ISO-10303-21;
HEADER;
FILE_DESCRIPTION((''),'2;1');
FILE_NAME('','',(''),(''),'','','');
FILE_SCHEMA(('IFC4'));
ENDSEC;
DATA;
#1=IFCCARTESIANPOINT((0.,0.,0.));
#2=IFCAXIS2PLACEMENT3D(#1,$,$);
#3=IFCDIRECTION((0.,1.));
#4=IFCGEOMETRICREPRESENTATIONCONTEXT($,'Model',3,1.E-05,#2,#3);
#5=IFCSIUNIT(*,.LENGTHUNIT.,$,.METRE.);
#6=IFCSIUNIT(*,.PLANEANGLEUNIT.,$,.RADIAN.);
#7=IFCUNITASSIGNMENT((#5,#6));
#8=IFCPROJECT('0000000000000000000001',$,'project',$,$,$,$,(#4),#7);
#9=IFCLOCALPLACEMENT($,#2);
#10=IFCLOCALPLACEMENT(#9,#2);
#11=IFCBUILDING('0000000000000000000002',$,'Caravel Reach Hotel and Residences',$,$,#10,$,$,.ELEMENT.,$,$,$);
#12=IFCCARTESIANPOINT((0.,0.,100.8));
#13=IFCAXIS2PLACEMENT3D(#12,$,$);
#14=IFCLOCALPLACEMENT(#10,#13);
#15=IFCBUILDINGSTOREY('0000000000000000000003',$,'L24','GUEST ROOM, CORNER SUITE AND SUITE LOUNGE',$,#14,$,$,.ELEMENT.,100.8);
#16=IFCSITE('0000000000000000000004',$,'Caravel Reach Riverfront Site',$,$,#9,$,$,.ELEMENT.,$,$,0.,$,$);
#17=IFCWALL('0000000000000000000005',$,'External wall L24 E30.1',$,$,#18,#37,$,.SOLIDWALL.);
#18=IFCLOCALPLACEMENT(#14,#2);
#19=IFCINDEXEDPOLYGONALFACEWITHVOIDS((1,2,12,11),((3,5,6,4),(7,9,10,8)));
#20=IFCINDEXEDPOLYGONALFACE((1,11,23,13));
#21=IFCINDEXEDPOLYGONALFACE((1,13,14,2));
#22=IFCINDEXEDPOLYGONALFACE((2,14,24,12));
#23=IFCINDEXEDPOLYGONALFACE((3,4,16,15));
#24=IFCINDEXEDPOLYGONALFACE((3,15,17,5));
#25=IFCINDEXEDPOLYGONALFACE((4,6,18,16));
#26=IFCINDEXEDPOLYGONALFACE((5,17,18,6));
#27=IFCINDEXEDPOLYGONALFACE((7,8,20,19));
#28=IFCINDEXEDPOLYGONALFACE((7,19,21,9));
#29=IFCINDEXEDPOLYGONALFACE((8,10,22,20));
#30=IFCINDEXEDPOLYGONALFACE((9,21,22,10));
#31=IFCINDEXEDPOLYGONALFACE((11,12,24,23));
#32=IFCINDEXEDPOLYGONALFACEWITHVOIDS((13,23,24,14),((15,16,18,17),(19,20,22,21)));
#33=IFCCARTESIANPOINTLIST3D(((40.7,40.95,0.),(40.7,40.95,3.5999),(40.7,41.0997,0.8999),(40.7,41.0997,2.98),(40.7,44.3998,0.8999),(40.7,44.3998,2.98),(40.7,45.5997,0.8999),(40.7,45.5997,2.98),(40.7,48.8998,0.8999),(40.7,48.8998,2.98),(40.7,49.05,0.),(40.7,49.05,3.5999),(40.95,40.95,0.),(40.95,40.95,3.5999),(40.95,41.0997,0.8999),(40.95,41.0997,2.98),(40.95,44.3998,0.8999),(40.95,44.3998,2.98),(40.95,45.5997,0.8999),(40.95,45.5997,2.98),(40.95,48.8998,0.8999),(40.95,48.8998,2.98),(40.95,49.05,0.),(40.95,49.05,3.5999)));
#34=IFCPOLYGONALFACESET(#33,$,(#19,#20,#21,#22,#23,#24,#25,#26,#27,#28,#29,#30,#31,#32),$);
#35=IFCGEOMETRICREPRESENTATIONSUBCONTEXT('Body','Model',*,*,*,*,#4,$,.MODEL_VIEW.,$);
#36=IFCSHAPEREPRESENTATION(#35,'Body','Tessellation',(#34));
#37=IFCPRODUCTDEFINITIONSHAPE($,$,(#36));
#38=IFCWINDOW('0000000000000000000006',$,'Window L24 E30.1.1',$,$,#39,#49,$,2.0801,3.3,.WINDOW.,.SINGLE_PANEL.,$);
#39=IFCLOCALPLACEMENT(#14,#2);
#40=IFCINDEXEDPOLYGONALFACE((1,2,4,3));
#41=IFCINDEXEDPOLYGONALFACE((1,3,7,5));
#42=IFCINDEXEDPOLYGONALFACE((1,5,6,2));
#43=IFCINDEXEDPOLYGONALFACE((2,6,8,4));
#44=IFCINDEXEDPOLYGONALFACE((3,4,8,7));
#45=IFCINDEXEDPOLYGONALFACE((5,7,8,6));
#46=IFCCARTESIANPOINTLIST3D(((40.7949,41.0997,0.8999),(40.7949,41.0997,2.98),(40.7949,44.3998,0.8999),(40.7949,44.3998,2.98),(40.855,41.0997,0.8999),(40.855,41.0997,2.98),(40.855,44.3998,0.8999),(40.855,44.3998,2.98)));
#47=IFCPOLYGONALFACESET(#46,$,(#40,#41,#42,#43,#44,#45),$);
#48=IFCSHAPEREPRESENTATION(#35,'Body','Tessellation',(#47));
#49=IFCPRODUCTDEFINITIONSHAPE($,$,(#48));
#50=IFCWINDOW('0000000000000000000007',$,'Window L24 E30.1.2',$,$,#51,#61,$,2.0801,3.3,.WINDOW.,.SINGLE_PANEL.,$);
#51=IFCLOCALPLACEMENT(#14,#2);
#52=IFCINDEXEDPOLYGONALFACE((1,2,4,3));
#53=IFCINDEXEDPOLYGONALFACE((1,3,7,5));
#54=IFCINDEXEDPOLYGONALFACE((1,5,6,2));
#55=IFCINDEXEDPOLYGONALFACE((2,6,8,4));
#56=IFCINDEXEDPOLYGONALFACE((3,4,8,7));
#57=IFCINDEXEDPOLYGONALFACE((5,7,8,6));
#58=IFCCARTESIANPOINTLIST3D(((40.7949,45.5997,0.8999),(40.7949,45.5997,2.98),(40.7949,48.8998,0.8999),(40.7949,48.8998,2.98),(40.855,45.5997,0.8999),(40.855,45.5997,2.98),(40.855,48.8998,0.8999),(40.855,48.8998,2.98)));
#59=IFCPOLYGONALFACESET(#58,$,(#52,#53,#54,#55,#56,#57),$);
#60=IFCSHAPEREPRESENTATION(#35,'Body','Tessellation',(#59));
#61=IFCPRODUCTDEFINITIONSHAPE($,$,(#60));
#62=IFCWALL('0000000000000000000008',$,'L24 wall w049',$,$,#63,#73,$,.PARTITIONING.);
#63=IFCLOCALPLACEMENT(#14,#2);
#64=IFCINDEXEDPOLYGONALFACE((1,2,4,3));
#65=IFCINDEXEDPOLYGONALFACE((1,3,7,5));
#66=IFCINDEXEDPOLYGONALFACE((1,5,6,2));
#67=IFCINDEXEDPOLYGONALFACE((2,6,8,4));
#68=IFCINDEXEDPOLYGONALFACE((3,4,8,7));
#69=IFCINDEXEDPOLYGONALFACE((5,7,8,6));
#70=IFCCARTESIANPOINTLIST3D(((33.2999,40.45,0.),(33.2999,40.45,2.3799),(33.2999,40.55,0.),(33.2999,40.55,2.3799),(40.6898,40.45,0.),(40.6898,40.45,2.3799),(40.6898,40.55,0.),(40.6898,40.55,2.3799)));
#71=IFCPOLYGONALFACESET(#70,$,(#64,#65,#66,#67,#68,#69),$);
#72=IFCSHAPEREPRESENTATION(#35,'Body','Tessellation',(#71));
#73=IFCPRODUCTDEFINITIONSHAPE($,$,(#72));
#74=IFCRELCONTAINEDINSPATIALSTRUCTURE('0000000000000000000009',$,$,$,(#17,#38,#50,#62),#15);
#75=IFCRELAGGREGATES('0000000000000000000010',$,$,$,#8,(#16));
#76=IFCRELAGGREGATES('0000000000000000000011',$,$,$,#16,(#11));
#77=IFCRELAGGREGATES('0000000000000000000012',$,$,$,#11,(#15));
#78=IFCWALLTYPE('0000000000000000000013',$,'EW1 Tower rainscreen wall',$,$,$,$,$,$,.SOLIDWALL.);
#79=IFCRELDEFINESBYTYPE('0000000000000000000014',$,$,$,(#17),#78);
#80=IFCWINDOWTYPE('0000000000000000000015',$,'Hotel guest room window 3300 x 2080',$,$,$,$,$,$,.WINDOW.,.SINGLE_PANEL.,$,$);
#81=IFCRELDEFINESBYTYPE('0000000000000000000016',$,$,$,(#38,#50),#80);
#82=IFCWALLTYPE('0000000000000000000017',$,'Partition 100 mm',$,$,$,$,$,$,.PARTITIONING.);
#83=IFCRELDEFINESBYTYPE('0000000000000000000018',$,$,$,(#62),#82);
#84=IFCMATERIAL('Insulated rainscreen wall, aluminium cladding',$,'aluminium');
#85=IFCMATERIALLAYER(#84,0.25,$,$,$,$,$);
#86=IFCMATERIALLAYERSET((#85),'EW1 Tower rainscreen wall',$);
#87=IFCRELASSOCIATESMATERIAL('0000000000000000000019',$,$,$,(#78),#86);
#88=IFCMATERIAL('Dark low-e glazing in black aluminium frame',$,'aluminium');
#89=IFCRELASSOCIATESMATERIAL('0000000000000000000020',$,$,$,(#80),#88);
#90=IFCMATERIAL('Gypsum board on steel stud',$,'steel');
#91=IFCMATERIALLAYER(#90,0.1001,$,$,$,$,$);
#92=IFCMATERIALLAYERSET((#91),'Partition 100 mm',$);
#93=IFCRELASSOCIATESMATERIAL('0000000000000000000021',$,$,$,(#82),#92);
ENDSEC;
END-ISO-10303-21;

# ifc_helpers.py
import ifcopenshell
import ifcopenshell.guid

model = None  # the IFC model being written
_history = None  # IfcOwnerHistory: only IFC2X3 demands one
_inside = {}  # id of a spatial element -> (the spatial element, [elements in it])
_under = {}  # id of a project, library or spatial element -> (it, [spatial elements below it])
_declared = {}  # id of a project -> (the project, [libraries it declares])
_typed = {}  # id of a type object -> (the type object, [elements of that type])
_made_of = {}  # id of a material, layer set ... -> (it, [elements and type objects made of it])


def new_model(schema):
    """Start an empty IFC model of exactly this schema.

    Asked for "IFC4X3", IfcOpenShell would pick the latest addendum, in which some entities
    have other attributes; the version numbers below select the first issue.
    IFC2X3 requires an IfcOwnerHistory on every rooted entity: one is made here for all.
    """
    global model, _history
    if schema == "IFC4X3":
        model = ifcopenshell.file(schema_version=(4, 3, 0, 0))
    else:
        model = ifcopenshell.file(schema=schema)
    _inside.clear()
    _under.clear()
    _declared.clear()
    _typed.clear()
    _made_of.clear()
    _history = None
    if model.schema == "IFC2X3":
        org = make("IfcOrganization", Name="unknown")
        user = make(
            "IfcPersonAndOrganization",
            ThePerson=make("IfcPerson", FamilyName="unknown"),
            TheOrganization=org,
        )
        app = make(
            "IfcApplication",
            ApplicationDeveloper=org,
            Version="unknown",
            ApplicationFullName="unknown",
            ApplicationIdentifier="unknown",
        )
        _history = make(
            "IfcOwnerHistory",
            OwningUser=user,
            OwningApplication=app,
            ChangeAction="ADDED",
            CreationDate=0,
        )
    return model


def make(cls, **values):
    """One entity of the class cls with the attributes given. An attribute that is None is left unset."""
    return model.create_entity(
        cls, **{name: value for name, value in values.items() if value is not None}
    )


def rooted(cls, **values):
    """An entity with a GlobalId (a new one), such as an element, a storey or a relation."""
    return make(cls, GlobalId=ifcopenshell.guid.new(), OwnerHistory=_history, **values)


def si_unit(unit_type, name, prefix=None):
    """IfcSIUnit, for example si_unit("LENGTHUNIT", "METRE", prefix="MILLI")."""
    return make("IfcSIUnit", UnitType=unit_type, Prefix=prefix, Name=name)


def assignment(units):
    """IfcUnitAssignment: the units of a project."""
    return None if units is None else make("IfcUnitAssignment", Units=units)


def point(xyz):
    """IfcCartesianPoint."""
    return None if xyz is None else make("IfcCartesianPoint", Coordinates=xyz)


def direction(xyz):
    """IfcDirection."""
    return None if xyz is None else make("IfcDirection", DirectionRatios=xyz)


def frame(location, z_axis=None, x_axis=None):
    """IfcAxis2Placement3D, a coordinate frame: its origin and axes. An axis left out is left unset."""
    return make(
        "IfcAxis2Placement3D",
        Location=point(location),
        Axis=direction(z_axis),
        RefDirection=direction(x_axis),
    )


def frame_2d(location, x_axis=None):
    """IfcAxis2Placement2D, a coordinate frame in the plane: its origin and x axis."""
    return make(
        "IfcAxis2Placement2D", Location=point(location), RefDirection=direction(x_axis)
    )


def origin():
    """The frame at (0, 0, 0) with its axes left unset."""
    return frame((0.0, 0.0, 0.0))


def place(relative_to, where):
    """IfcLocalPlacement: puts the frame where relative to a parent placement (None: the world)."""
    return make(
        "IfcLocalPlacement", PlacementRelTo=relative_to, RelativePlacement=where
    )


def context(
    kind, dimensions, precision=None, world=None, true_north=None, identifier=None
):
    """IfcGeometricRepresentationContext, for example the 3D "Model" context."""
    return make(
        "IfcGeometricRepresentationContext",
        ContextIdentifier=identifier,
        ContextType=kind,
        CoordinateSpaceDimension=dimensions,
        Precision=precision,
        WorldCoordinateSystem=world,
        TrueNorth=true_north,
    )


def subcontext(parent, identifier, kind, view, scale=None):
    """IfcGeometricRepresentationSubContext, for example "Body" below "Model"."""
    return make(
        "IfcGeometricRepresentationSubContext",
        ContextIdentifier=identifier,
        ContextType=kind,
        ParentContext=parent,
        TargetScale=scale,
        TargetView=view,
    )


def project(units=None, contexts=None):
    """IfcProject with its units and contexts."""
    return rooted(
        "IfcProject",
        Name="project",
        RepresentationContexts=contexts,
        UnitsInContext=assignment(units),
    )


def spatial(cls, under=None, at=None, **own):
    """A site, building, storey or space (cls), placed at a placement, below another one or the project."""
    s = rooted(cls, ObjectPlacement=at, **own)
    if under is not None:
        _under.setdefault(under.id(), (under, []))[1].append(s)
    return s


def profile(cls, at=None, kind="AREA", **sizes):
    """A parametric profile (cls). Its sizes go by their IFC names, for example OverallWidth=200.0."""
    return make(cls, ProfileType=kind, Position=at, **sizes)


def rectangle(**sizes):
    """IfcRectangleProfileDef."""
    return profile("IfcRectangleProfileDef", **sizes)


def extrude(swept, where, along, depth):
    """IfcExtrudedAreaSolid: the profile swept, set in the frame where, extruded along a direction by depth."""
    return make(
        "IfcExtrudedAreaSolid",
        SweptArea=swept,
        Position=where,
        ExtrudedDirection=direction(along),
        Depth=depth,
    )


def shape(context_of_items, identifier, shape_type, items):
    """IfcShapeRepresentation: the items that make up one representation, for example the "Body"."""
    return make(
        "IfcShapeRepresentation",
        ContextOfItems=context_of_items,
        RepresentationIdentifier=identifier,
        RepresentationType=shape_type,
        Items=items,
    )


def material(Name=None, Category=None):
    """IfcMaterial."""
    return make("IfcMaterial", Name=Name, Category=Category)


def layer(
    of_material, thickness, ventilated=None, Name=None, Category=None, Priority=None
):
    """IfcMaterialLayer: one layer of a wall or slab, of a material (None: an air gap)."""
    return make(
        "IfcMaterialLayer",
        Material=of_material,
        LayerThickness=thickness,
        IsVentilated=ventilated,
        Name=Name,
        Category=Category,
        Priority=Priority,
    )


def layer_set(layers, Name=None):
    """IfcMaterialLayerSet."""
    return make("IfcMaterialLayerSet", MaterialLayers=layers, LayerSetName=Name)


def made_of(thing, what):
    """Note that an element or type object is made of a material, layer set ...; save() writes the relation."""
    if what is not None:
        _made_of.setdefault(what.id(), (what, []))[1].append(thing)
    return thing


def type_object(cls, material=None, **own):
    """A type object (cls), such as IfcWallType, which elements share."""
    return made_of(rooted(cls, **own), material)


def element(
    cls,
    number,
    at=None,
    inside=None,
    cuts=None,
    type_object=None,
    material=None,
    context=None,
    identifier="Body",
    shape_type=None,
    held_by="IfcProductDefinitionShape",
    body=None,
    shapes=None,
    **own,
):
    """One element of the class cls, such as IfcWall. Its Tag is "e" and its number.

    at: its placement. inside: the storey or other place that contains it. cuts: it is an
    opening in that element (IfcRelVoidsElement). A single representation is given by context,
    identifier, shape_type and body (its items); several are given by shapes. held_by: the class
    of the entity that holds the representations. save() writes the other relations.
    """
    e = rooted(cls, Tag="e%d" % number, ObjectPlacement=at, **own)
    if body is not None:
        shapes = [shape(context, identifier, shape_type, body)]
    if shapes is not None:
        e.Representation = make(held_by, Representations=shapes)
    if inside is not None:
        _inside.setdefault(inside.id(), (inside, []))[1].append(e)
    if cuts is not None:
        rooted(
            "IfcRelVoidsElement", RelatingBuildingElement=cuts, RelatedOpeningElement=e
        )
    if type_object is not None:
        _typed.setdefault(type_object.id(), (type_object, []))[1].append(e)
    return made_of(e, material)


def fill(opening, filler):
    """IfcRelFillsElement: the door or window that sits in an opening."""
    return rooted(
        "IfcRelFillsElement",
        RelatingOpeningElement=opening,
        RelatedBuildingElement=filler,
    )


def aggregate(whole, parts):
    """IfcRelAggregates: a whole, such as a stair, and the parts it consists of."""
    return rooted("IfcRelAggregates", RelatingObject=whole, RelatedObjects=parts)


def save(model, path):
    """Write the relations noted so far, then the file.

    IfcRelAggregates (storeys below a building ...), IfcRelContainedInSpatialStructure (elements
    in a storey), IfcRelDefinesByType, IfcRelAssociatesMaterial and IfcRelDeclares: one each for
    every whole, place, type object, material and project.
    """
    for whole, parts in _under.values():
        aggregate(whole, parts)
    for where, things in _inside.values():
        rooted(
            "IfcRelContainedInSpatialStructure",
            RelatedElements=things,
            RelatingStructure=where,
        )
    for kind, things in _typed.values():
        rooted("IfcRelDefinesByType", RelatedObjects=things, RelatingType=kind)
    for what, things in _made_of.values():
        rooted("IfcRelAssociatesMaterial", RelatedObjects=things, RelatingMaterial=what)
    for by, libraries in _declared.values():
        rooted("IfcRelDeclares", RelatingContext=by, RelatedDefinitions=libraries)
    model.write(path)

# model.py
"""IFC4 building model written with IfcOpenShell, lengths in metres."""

from ifc_helpers import new_model, si_unit, direction, frame, frame_2d, origin, place, context, subcontext, project, spatial, rectangle, extrude, material, layer, layer_set, type_object, element, fill, save


model = new_model("IFC4")

# Units and contexts
model_context = context("Model", 3, precision=1e-05, world=origin(), true_north=direction((0.0, 1.0)))
body_context = subcontext(model_context, "Body", "Model", "MODEL_VIEW")
ifc_project = project(units=[si_unit("LENGTHUNIT", "METRE"), si_unit("PLANEANGLEUNIT", "RADIAN")], contexts=[model_context])

# Site, building, storey
site_placement = place(None, origin())
site = spatial("IfcSite", under=ifc_project, at=site_placement, Name="Caravel Reach Riverfront Site", CompositionType="ELEMENT", RefElevation=0.0)
building_placement = place(site_placement, origin())
building = spatial("IfcBuilding", under=site, at=building_placement, Name="Caravel Reach Hotel and Residences", CompositionType="ELEMENT")
storey_placement = place(building_placement, frame((0.0, 0.0, 100.8)))
storey = spatial("IfcBuildingStorey", under=building, at=storey_placement, Name="L24", Description="GUEST ROOM, CORNER SUITE AND SUITE LOUNGE", CompositionType="ELEMENT", Elevation=100.8)

# Shared definitions
ifc_material_1 = material(Name="Insulated rainscreen wall, aluminium cladding", Category="aluminium")
ifc_layer_1 = layer(ifc_material_1, 0.25)
ifc_layer_set_1 = layer_set([ifc_layer_1], Name="EW1 Tower rainscreen wall")
wall_type_1 = type_object("IfcWallType", Name="EW1 Tower rainscreen wall", PredefinedType="SOLIDWALL", material=ifc_layer_set_1)
ifc_material_2 = material(Name="Dark low-e glazing in black aluminium frame", Category="aluminium")
window_type = type_object("IfcWindowType", Name="Hotel guest room window 3300 x 2080", PartitioningType="SINGLE_PANEL", PredefinedType="WINDOW", material=ifc_material_2)

# Wall, openings, windows
wall_1_placement = place(storey_placement, frame((40.825, 40.95, 0.0), z_axis=(0.0, 0.0, 1.0), x_axis=(0.0, 1.0, 0.0)))
wall_1 = element("IfcWall", 1, at=wall_1_placement, inside=storey, type_object=wall_type_1, Name="External wall L24 E30.1", PredefinedType="SOLIDWALL", context=body_context, shape_type="SweptSolid", body=[
    extrude(rectangle(XDim=8.1001, YDim=0.25, at=frame_2d((4.05, 0.0))), origin(), (0.0, 0.0, 1.0), 3.5999),
])
opening_1_placement = place(wall_1_placement, frame((0.1499, 0.0, 0.8999)))
opening_1 = element("IfcOpeningElement", 2, at=opening_1_placement, cuts=wall_1, PredefinedType="OPENING", context=body_context, shape_type="SweptSolid", body=[
    extrude(rectangle(XDim=3.3, YDim=2.0801, at=frame_2d((1.6499, 1.04))), frame((0.0, 0.135, 0.0), z_axis=(0.0, -1.0, 0.0), x_axis=(1.0, 0.0, 0.0)), (0.0, 0.0, 1.0), 0.27),
])
opening_2_placement = place(wall_1_placement, frame((4.6499, 0.0, 0.8999)))
opening_2 = element("IfcOpeningElement", 3, at=opening_2_placement, cuts=wall_1, PredefinedType="OPENING", context=body_context, shape_type="SweptSolid", body=[
    extrude(rectangle(XDim=3.3, YDim=2.0801, at=frame_2d((1.6499, 1.04))), frame((0.0, 0.135, 0.0), z_axis=(0.0, -1.0, 0.0), x_axis=(1.0, 0.0, 0.0)), (0.0, 0.0, 1.0), 0.27),
])
window_1_placement = place(opening_1_placement, origin())
window_1 = element("IfcWindow", 4, at=window_1_placement, inside=storey, type_object=window_type, Name="Window L24 E30.1.1", OverallHeight=2.0801, OverallWidth=3.3, PartitioningType="SINGLE_PANEL", PredefinedType="WINDOW", context=body_context, shape_type="SweptSolid", body=[
    extrude(rectangle(XDim=3.3, YDim=2.0801, at=frame_2d((1.6499, 1.04))), frame((0.0, 0.03, 0.0), z_axis=(0.0, -1.0, 0.0), x_axis=(1.0, 0.0, 0.0)), (0.0, 0.0, 1.0), 0.0601),
])
fill(opening_1, window_1)
window_2_placement = place(opening_2_placement, origin())
window_2 = element("IfcWindow", 5, at=window_2_placement, inside=storey, type_object=window_type, Name="Window L24 E30.1.2", OverallHeight=2.0801, OverallWidth=3.3, PartitioningType="SINGLE_PANEL", PredefinedType="WINDOW", context=body_context, shape_type="SweptSolid", body=[
    extrude(rectangle(XDim=3.3, YDim=2.0801, at=frame_2d((1.6499, 1.04))), frame((0.0, 0.03, 0.0), z_axis=(0.0, -1.0, 0.0), x_axis=(1.0, 0.0, 0.0)), (0.0, 0.0, 1.0), 0.0601),
])
fill(opening_2, window_2)

# Wall
ifc_material_3 = material(Name="Gypsum board on steel stud", Category="steel")
ifc_layer_2 = layer(ifc_material_3, 0.1001)
ifc_layer_set_2 = layer_set([ifc_layer_2], Name="Partition 100 mm")
wall_type_2 = type_object("IfcWallType", Name="Partition 100 mm", PredefinedType="PARTITIONING", material=ifc_layer_set_2)
wall_2_placement = place(storey_placement, frame((33.3, 40.5, 0.0), z_axis=(0.0, 0.0, 1.0), x_axis=(1.0, 0.0, 0.0)))
element("IfcWall", 6, at=wall_2_placement, inside=storey, type_object=wall_type_2, Name="L24 wall w049", PredefinedType="PARTITIONING", context=body_context, shape_type="SweptSolid", body=[
    extrude(rectangle(XDim=7.3899, YDim=0.1001, at=frame_2d((3.6948, 0.0))), origin(), (0.0, 0.0, 1.0), 2.3799),
])

save(model, "model.ifc")
